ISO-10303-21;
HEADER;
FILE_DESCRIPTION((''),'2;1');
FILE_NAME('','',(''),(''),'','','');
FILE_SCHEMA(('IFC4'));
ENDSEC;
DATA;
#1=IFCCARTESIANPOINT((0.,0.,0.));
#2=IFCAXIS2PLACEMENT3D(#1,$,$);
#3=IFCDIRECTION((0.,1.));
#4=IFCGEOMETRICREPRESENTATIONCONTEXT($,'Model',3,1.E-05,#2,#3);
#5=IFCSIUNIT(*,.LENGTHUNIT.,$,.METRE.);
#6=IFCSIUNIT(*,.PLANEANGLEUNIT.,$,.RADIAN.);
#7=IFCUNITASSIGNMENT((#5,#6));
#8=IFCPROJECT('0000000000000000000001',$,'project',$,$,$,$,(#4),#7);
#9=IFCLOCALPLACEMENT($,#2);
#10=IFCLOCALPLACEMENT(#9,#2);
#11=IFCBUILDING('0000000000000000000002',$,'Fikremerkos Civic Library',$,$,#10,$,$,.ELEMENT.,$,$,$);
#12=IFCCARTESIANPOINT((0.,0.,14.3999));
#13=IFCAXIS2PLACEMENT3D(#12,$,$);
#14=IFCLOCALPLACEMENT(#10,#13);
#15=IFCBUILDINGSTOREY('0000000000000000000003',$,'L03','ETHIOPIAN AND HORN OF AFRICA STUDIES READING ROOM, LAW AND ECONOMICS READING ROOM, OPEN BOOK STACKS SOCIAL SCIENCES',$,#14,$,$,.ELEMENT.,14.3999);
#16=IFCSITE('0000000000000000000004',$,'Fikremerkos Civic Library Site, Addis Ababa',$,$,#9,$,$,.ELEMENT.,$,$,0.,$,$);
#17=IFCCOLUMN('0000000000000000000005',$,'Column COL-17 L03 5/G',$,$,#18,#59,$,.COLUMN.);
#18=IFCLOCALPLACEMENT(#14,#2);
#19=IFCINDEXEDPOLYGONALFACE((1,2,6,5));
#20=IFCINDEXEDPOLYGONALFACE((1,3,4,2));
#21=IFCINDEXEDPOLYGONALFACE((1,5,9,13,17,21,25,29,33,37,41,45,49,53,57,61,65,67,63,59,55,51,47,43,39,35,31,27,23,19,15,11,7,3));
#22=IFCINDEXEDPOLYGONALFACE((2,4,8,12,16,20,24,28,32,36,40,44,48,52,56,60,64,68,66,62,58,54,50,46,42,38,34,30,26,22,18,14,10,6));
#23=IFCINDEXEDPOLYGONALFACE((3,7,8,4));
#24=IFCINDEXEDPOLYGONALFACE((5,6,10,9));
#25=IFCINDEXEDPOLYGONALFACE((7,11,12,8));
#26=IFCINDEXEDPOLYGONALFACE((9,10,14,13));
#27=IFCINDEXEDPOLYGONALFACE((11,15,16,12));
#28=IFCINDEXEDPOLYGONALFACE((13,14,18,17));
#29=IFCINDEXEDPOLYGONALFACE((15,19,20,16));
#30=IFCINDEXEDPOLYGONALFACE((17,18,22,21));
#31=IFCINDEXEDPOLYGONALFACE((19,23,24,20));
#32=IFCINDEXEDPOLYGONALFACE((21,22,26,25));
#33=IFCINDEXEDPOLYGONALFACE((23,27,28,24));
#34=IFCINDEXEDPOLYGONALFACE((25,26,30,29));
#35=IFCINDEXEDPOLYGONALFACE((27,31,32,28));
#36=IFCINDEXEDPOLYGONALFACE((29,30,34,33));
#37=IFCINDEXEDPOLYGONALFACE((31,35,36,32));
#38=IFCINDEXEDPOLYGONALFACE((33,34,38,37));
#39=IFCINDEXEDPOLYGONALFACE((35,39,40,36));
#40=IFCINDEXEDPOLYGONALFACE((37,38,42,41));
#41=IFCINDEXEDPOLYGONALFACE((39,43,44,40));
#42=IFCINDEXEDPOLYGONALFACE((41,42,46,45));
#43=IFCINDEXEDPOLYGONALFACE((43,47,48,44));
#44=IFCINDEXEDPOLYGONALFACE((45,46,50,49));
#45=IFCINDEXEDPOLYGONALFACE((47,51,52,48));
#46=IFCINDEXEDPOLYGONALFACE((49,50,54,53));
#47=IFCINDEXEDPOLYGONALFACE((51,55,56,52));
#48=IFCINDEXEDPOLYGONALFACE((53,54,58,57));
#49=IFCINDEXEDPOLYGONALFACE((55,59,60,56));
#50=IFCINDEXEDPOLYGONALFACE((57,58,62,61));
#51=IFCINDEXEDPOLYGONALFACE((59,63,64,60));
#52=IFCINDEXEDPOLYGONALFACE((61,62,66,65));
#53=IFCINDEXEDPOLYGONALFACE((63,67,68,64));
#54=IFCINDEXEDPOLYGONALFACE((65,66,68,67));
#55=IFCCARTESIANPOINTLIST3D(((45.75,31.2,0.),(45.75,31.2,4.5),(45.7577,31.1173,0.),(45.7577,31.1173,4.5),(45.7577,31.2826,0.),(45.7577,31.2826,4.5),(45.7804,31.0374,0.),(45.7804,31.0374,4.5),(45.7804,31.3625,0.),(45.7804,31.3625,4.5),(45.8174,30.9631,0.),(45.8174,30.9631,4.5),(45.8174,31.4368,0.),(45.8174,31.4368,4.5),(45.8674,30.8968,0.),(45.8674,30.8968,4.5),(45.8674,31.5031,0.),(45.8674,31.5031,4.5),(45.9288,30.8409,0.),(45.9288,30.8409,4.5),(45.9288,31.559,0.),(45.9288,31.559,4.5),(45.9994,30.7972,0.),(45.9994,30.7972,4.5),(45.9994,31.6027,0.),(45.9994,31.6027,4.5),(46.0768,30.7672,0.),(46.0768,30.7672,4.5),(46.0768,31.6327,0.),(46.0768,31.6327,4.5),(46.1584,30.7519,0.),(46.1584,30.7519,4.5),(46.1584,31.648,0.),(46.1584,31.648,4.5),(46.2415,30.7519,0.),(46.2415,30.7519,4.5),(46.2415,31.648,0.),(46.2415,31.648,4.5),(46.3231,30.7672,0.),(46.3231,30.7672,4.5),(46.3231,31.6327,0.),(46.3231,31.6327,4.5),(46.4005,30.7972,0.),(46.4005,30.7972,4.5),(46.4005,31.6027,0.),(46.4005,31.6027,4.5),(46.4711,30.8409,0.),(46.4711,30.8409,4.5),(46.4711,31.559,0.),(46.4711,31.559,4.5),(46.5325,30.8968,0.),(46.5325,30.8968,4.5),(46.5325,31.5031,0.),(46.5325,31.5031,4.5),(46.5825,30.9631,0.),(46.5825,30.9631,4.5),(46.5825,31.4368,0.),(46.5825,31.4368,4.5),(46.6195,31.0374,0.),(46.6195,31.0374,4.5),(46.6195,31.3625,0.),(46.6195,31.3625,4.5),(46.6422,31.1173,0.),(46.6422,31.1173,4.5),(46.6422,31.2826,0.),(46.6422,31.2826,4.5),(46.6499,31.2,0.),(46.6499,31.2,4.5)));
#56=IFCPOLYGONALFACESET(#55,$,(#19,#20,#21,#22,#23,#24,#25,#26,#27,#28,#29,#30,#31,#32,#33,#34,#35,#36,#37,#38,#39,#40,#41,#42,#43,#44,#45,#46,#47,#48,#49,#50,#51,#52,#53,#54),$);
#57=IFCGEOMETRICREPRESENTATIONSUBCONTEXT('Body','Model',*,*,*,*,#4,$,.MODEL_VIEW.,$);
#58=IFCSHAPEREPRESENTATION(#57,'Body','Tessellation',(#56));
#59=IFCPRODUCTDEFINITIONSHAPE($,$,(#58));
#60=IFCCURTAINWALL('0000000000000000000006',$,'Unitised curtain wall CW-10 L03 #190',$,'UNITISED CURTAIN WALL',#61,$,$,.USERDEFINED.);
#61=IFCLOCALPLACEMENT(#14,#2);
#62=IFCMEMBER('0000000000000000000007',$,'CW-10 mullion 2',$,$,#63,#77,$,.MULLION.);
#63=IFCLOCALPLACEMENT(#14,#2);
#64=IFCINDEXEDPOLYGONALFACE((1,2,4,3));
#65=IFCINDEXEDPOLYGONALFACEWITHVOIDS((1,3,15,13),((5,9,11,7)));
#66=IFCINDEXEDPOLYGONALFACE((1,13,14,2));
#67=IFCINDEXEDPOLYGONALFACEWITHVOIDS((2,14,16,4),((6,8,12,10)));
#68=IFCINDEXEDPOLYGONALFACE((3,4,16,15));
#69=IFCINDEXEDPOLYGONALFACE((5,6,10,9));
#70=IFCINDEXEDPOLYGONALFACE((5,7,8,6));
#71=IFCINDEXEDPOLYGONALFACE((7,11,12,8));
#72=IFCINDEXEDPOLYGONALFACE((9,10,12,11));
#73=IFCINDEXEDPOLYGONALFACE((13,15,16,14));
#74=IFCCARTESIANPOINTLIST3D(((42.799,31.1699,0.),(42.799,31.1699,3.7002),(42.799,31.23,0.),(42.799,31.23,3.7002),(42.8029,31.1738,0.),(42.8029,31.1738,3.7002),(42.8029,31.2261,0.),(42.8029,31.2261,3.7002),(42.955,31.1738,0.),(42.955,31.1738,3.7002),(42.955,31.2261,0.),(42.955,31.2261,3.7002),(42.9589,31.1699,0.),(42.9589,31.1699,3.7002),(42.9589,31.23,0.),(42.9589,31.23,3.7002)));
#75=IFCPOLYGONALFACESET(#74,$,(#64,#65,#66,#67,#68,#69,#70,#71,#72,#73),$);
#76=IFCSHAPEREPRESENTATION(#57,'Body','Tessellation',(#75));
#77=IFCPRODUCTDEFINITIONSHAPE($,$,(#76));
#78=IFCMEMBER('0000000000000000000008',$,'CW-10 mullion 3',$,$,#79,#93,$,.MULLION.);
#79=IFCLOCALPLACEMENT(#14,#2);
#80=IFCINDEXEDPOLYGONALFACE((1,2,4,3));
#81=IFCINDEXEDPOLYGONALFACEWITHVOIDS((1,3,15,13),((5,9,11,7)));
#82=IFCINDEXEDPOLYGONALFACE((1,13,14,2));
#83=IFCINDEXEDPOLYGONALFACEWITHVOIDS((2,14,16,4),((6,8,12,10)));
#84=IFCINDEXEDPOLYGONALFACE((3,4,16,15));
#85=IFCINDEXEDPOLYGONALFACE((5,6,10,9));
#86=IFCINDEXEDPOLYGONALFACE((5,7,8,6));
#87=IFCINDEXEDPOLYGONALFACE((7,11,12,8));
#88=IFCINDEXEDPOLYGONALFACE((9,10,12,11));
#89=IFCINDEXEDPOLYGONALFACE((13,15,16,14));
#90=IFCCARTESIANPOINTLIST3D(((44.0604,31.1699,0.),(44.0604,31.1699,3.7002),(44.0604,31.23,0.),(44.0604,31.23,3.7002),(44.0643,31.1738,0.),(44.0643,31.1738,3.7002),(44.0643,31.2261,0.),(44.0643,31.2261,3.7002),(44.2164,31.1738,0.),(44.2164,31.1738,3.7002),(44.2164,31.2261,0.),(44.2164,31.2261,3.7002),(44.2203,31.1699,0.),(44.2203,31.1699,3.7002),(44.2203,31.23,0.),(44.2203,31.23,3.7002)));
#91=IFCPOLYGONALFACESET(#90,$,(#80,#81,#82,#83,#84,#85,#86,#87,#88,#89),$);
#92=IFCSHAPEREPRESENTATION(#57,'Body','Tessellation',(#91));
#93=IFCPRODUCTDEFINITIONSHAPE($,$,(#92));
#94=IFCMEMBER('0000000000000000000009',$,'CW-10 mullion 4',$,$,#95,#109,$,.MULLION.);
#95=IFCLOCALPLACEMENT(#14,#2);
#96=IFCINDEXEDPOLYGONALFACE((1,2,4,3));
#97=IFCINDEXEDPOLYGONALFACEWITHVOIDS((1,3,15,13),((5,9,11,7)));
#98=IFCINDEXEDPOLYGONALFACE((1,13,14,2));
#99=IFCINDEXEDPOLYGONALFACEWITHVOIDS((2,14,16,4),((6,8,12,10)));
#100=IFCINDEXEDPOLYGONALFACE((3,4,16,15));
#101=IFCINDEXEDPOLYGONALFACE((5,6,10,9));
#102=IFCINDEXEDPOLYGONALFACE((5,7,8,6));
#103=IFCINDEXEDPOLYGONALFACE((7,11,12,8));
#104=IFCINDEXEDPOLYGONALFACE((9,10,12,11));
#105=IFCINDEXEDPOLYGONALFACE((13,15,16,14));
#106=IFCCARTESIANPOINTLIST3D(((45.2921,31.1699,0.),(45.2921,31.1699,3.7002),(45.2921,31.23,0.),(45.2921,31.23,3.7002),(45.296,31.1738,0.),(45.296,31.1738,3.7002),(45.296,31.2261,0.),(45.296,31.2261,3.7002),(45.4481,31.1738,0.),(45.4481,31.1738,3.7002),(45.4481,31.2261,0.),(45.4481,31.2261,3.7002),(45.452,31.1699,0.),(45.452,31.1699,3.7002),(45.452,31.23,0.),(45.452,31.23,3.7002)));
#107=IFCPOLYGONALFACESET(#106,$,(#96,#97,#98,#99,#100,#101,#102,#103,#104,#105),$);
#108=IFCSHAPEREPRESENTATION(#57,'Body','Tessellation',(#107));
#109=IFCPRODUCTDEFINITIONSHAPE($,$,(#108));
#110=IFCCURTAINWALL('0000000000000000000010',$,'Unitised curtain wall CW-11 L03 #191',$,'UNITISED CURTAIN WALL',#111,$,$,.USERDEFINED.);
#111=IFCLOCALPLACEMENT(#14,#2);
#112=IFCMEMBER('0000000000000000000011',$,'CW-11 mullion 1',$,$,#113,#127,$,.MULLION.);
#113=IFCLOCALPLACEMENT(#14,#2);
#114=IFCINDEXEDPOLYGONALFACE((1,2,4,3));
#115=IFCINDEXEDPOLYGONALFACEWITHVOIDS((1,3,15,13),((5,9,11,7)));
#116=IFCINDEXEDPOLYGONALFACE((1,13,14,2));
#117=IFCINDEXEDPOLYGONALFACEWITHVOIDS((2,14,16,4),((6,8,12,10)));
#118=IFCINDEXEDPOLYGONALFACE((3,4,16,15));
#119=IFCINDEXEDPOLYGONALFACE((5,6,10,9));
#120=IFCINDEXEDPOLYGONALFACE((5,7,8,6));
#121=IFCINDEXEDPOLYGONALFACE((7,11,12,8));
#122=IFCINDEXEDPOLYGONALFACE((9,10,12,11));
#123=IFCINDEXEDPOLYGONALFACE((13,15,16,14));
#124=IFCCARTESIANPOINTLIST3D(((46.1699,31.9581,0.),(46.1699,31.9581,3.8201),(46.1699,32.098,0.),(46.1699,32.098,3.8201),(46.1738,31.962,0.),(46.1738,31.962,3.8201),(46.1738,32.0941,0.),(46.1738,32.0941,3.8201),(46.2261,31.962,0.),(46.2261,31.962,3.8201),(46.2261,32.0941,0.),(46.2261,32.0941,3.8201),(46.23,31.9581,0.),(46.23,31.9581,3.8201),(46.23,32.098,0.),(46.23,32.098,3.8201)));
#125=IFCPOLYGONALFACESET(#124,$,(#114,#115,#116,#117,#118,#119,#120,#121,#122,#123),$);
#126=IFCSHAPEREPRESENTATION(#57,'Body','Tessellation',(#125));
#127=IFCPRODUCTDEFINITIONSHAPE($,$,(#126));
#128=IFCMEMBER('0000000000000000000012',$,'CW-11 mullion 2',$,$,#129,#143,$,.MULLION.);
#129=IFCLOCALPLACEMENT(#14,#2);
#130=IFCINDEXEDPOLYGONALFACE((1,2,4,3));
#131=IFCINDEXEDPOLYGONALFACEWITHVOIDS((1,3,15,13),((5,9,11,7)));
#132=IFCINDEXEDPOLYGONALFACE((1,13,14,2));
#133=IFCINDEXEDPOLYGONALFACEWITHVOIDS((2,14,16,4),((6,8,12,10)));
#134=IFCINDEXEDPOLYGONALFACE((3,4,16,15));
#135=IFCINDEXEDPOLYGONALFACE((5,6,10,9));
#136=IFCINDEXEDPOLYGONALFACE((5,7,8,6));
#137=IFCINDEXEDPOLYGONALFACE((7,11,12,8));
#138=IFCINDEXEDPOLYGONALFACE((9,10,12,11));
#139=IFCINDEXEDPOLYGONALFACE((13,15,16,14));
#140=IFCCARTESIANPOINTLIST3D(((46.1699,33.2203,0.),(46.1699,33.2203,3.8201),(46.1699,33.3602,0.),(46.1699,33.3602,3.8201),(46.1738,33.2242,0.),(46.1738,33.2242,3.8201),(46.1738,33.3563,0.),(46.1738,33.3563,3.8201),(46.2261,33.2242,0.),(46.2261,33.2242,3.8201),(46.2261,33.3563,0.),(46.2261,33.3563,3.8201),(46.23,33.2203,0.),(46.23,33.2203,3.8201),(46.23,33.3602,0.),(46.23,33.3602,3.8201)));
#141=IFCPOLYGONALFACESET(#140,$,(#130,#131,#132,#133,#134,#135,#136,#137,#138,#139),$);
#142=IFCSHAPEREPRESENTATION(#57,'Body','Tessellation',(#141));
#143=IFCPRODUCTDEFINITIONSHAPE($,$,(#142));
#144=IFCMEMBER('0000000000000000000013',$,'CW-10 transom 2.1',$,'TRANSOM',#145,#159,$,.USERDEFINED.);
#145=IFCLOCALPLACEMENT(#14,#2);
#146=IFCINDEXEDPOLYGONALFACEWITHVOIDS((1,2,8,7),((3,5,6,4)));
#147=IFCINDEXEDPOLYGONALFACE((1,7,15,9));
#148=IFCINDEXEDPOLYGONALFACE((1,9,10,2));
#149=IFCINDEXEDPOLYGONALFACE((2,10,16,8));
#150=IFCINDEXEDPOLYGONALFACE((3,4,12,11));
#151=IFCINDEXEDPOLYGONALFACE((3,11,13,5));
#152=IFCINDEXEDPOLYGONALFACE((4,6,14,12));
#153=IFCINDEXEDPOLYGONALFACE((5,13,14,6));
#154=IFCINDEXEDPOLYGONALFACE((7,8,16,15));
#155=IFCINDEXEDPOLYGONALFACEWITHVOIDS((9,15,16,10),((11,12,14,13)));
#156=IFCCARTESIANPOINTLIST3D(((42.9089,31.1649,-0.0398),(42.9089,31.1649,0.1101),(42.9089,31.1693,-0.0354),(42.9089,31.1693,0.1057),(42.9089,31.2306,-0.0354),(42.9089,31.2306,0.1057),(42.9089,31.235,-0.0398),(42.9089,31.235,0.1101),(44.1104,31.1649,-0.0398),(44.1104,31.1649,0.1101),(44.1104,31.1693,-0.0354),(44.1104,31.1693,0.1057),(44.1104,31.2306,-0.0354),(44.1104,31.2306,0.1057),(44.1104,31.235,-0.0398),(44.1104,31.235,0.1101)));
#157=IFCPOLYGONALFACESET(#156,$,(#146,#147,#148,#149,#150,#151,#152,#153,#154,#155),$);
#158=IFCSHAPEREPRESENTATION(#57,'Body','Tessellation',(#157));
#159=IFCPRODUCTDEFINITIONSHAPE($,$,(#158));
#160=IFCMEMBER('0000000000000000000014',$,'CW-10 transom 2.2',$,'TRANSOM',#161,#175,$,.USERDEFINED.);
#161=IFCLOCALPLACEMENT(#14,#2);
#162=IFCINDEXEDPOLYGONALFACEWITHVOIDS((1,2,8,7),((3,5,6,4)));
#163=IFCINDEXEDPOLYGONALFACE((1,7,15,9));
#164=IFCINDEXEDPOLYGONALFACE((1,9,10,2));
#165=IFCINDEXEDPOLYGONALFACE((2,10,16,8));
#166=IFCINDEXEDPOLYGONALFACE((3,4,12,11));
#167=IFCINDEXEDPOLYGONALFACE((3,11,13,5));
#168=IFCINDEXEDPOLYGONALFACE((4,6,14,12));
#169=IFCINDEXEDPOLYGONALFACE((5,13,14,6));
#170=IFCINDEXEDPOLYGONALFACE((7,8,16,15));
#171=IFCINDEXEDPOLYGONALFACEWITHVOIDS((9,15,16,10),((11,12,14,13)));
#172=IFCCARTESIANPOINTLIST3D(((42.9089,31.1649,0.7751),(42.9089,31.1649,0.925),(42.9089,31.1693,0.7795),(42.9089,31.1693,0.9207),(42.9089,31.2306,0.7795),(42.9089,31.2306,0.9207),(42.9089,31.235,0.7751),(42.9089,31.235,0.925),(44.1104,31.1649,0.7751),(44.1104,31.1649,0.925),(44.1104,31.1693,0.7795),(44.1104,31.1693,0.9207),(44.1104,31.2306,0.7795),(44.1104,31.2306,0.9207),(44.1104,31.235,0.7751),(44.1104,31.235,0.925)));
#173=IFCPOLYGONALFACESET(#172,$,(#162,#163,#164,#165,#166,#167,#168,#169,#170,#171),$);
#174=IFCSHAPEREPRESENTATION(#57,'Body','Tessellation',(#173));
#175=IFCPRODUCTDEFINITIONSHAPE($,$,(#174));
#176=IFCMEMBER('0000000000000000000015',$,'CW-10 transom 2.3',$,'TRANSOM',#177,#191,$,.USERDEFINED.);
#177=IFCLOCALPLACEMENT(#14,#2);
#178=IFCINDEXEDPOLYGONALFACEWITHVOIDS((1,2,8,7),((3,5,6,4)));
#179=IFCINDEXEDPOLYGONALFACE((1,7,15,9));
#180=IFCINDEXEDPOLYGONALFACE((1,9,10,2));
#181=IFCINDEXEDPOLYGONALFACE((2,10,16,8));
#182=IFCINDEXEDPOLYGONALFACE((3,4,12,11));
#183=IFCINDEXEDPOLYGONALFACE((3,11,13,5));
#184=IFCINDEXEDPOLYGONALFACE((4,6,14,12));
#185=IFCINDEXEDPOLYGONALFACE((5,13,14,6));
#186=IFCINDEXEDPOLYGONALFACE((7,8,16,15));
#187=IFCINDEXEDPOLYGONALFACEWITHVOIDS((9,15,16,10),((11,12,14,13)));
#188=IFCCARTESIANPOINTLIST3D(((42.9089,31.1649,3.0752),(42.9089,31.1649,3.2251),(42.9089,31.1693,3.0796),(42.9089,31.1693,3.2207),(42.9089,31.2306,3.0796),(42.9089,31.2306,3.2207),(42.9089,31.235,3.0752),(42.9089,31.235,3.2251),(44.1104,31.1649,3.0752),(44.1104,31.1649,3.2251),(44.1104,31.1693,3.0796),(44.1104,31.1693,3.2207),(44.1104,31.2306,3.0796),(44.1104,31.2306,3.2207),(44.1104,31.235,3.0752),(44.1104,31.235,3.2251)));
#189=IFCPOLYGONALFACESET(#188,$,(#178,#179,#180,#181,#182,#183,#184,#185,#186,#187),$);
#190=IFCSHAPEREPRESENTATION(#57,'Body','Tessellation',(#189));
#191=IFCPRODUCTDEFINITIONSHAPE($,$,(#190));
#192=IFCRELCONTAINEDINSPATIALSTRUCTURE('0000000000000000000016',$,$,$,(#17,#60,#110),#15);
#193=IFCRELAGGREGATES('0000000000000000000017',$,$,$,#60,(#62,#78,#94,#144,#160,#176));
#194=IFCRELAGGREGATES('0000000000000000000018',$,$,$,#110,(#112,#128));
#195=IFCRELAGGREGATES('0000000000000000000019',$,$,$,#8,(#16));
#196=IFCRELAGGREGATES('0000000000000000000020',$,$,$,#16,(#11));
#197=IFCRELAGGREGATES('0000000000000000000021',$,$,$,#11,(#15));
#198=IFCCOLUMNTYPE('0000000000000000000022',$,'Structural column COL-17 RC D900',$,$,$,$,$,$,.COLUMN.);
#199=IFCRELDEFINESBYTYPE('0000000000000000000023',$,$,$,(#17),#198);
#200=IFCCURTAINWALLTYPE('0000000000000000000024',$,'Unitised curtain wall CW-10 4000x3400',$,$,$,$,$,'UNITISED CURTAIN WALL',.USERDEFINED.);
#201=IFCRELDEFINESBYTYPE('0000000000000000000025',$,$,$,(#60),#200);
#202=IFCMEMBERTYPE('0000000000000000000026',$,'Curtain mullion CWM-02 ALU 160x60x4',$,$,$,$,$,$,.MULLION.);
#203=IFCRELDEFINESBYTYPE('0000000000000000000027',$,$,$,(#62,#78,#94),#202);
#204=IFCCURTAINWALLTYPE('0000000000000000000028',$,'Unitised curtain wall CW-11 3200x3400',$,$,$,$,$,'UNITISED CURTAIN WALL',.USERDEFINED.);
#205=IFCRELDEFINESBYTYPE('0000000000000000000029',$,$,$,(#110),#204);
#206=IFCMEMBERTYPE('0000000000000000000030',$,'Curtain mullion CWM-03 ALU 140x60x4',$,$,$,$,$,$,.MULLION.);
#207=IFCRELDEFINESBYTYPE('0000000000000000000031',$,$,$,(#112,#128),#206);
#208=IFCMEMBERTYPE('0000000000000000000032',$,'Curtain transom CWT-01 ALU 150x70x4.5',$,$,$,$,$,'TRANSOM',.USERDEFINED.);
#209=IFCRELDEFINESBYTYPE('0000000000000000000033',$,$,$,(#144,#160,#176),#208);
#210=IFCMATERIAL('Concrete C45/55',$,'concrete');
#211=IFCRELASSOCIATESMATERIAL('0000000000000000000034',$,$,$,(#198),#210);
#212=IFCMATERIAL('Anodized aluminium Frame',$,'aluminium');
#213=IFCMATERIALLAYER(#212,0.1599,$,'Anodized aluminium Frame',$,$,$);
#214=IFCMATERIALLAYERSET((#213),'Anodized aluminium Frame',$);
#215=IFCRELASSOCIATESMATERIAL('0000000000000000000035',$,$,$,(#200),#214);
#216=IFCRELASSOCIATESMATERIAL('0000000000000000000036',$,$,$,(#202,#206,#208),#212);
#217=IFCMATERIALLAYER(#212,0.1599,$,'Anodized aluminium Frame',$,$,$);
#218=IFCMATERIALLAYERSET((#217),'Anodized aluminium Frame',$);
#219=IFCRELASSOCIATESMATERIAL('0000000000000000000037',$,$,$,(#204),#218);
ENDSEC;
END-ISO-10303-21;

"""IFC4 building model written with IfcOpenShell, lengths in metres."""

from ifc_helpers import new_model, si_unit, direction, frame, origin, origin_2d, place, context, subcontext, project, spatial, hollow_rectangle, circle, extrude, material, layer, layer_set, material_profile, profile_set, type_object, element, aggregate, save


model = new_model("IFC4")

# Units and contexts
model_context = context("Model", 3, precision=1e-05, world=origin(), true_north=direction((0.0, 1.0)))
body_context = subcontext(model_context, "Body", "Model", "MODEL_VIEW")
ifc_project = project(units=[si_unit("LENGTHUNIT", "METRE"), si_unit("PLANEANGLEUNIT", "RADIAN")], contexts=[model_context])

# Site, building, storey
site_placement = place(None, origin())
site = spatial("IfcSite", under=ifc_project, at=site_placement, Name="Fikremerkos Civic Library Site, Addis Ababa", CompositionType="ELEMENT", RefElevation=0.0)
building_placement = place(site_placement, origin())
building = spatial("IfcBuilding", under=site, at=building_placement, Name="Fikremerkos Civic Library", CompositionType="ELEMENT")
storey_placement = place(building_placement, frame((0.0, 0.0, 14.3999)))
storey = spatial("IfcBuildingStorey", under=building, at=storey_placement, Name="L03", Description="ETHIOPIAN AND HORN OF AFRICA STUDIES READING ROOM, LAW AND ECONOMICS READING ROOM, OPEN BOOK STACKS SOCIAL SCIENCES", CompositionType="ELEMENT", Elevation=14.3999)

# Column
ifc_material_1 = material(Name="Concrete C45/55", Category="concrete")
ifc_material_profile_1 = material_profile(ifc_material_1, circle(Radius=0.45, at=origin_2d()), Name="RC D900")
ifc_profile_set_1 = profile_set([ifc_material_profile_1], Name="Concrete C45/55")
column_type = type_object("IfcColumnType", Name="Structural column COL-17 RC D900", PredefinedType="COLUMN", material=ifc_profile_set_1)
column_placement = place(storey_placement, frame((46.2, 31.2, 0.0), z_axis=(0.0, 0.0, 1.0), x_axis=(1.0, 0.0, 0.0)))
element("IfcColumn", 1, at=column_placement, inside=storey, type_object=column_type, Name="Column COL-17 L03 5/G", PredefinedType="COLUMN", context=body_context, shape_type="SweptSolid", body=[
    extrude(circle(Radius=0.45, at=origin_2d()), origin(), (0.0, 0.0, 1.0), 4.5),
])

# Curtain walls, members
ifc_material_2 = material(Name="Anodized aluminium Frame", Category="aluminium")
ifc_layer_1 = layer(ifc_material_2, 0.1599, Name="Anodized aluminium Frame")
ifc_layer_set_1 = layer_set([ifc_layer_1], Name="Anodized aluminium Frame")
curtain_wall_type_1 = type_object("IfcCurtainWallType", Name="Unitised curtain wall CW-10 4000x3400", ElementType="UNITISED CURTAIN WALL", PredefinedType="USERDEFINED", material=ifc_layer_set_1)
curtain_wall_1_placement = place(storey_placement, origin())
curtain_wall_1 = element("IfcCurtainWall", 2, at=curtain_wall_1_placement, inside=storey, type_object=curtain_wall_type_1, Name="Unitised curtain wall CW-10 L03 #190", ObjectType="UNITISED CURTAIN WALL", PredefinedType="USERDEFINED")
ifc_material_profile_2 = material_profile(ifc_material_2, hollow_rectangle(XDim=0.0601, YDim=0.1599, WallThickness=0.0039, at=origin_2d()), Name="ALU 160x60x4")
ifc_profile_set_2 = profile_set([ifc_material_profile_2], Name="Anodized aluminium Frame")
member_type_1 = type_object("IfcMemberType", Name="Curtain mullion CWM-02 ALU 160x60x4", PredefinedType="MULLION", material=ifc_profile_set_2)
member_1_placement = place(storey_placement, frame((42.8789, 31.2, 0.0), z_axis=(0.0, 0.0, 1.0), x_axis=(0.0, 1.0, 0.0)))
member_1 = element("IfcMember", 3, at=member_1_placement, type_object=member_type_1, Name="CW-10 mullion 2", PredefinedType="MULLION", context=body_context, shape_type="SweptSolid", body=[
    extrude(hollow_rectangle(XDim=0.0601, YDim=0.1599, WallThickness=0.0039, at=origin_2d()), origin(), (0.0, 0.0, 1.0), 3.7002),
])
member_2_placement = place(storey_placement, frame((44.1404, 31.2, 0.0), z_axis=(0.0, 0.0, 1.0), x_axis=(0.0, 1.0, 0.0)))
member_2 = element("IfcMember", 4, at=member_2_placement, type_object=member_type_1, Name="CW-10 mullion 3", PredefinedType="MULLION", context=body_context, shape_type="SweptSolid", body=[
    extrude(hollow_rectangle(XDim=0.0601, YDim=0.1599, WallThickness=0.0039, at=origin_2d()), origin(), (0.0, 0.0, 1.0), 3.7002),
])
member_3_placement = place(storey_placement, frame((45.3721, 31.2, 0.0), z_axis=(0.0, 0.0, 1.0), x_axis=(0.0, 1.0, 0.0)))
member_3 = element("IfcMember", 5, at=member_3_placement, type_object=member_type_1, Name="CW-10 mullion 4", PredefinedType="MULLION", context=body_context, shape_type="SweptSolid", body=[
    extrude(hollow_rectangle(XDim=0.0601, YDim=0.1599, WallThickness=0.0039, at=origin_2d()), origin(), (0.0, 0.0, 1.0), 3.7002),
])
ifc_layer_2 = layer(ifc_material_2, 0.1599, Name="Anodized aluminium Frame")
ifc_layer_set_2 = layer_set([ifc_layer_2], Name="Anodized aluminium Frame")
curtain_wall_type_2 = type_object("IfcCurtainWallType", Name="Unitised curtain wall CW-11 3200x3400", ElementType="UNITISED CURTAIN WALL", PredefinedType="USERDEFINED", material=ifc_layer_set_2)
curtain_wall_2_placement = place(storey_placement, origin())
curtain_wall_2 = element("IfcCurtainWall", 6, at=curtain_wall_2_placement, inside=storey, type_object=curtain_wall_type_2, Name="Unitised curtain wall CW-11 L03 #191", ObjectType="UNITISED CURTAIN WALL", PredefinedType="USERDEFINED")
ifc_material_profile_3 = material_profile(ifc_material_2, hollow_rectangle(XDim=0.0601, YDim=0.1399, WallThickness=0.0039, at=origin_2d()), Name="ALU 140x60x4")
ifc_profile_set_3 = profile_set([ifc_material_profile_3], Name="Anodized aluminium Frame")
member_type_2 = type_object("IfcMemberType", Name="Curtain mullion CWM-03 ALU 140x60x4", PredefinedType="MULLION", material=ifc_profile_set_3)
member_4_placement = place(storey_placement, frame((46.2, 32.0281, 0.0), z_axis=(0.0, 0.0, 1.0), x_axis=(-1.0, 0.0, 0.0)))
member_4 = element("IfcMember", 7, at=member_4_placement, type_object=member_type_2, Name="CW-11 mullion 1", PredefinedType="MULLION", context=body_context, shape_type="SweptSolid", body=[
    extrude(hollow_rectangle(XDim=0.0601, YDim=0.1399, WallThickness=0.0039, at=origin_2d()), origin(), (0.0, 0.0, 1.0), 3.8201),
])
member_5_placement = place(storey_placement, frame((46.2, 33.2903, 0.0), z_axis=(0.0, 0.0, 1.0), x_axis=(-1.0, 0.0, 0.0)))
member_5 = element("IfcMember", 8, at=member_5_placement, type_object=member_type_2, Name="CW-11 mullion 2", PredefinedType="MULLION", context=body_context, shape_type="SweptSolid", body=[
    extrude(hollow_rectangle(XDim=0.0601, YDim=0.1399, WallThickness=0.0039, at=origin_2d()), origin(), (0.0, 0.0, 1.0), 3.8201),
])

# Members
ifc_material_profile_4 = material_profile(ifc_material_2, hollow_rectangle(XDim=0.0701, YDim=0.1499, WallThickness=0.0044, at=origin_2d()), Name="ALU 150x70x4.5")
ifc_profile_set_4 = profile_set([ifc_material_profile_4], Name="Anodized aluminium Frame")
member_type_3 = type_object("IfcMemberType", Name="Curtain transom CWT-01 ALU 150x70x4.5", ElementType="TRANSOM", PredefinedType="USERDEFINED", material=ifc_profile_set_4)
member_6_placement = place(storey_placement, frame((42.9089, 31.2, 0.0352), z_axis=(1.0, 0.0, 0.0), x_axis=(0.0, 1.0, 0.0)))
member_6 = element("IfcMember", 9, at=member_6_placement, type_object=member_type_3, Name="CW-10 transom 2.1", ObjectType="TRANSOM", PredefinedType="USERDEFINED", context=body_context, shape_type="SweptSolid", body=[
    extrude(hollow_rectangle(XDim=0.0701, YDim=0.1499, WallThickness=0.0044, at=origin_2d()), origin(), (0.0, 0.0, 1.0), 1.2014),
])
member_7_placement = place(storey_placement, frame((42.9089, 31.2, 0.8501), z_axis=(1.0, 0.0, 0.0), x_axis=(0.0, 1.0, 0.0)))
member_7 = element("IfcMember", 10, at=member_7_placement, type_object=member_type_3, Name="CW-10 transom 2.2", ObjectType="TRANSOM", PredefinedType="USERDEFINED", context=body_context, shape_type="SweptSolid", body=[
    extrude(hollow_rectangle(XDim=0.0701, YDim=0.1499, WallThickness=0.0044, at=origin_2d()), origin(), (0.0, 0.0, 1.0), 1.2014),
])
member_8_placement = place(storey_placement, frame((42.9089, 31.2, 3.1501), z_axis=(1.0, 0.0, 0.0), x_axis=(0.0, 1.0, 0.0)))
member_8 = element("IfcMember", 11, at=member_8_placement, type_object=member_type_3, Name="CW-10 transom 2.3", ObjectType="TRANSOM", PredefinedType="USERDEFINED", context=body_context, shape_type="SweptSolid", body=[
    extrude(hollow_rectangle(XDim=0.0701, YDim=0.1499, WallThickness=0.0044, at=origin_2d()), origin(), (0.0, 0.0, 1.0), 1.2014),
])

aggregate(curtain_wall_1, [member_1, member_2, member_3, member_6, member_7, member_8])
aggregate(curtain_wall_2, [member_4, member_5])

save(model, "model.ifc")
